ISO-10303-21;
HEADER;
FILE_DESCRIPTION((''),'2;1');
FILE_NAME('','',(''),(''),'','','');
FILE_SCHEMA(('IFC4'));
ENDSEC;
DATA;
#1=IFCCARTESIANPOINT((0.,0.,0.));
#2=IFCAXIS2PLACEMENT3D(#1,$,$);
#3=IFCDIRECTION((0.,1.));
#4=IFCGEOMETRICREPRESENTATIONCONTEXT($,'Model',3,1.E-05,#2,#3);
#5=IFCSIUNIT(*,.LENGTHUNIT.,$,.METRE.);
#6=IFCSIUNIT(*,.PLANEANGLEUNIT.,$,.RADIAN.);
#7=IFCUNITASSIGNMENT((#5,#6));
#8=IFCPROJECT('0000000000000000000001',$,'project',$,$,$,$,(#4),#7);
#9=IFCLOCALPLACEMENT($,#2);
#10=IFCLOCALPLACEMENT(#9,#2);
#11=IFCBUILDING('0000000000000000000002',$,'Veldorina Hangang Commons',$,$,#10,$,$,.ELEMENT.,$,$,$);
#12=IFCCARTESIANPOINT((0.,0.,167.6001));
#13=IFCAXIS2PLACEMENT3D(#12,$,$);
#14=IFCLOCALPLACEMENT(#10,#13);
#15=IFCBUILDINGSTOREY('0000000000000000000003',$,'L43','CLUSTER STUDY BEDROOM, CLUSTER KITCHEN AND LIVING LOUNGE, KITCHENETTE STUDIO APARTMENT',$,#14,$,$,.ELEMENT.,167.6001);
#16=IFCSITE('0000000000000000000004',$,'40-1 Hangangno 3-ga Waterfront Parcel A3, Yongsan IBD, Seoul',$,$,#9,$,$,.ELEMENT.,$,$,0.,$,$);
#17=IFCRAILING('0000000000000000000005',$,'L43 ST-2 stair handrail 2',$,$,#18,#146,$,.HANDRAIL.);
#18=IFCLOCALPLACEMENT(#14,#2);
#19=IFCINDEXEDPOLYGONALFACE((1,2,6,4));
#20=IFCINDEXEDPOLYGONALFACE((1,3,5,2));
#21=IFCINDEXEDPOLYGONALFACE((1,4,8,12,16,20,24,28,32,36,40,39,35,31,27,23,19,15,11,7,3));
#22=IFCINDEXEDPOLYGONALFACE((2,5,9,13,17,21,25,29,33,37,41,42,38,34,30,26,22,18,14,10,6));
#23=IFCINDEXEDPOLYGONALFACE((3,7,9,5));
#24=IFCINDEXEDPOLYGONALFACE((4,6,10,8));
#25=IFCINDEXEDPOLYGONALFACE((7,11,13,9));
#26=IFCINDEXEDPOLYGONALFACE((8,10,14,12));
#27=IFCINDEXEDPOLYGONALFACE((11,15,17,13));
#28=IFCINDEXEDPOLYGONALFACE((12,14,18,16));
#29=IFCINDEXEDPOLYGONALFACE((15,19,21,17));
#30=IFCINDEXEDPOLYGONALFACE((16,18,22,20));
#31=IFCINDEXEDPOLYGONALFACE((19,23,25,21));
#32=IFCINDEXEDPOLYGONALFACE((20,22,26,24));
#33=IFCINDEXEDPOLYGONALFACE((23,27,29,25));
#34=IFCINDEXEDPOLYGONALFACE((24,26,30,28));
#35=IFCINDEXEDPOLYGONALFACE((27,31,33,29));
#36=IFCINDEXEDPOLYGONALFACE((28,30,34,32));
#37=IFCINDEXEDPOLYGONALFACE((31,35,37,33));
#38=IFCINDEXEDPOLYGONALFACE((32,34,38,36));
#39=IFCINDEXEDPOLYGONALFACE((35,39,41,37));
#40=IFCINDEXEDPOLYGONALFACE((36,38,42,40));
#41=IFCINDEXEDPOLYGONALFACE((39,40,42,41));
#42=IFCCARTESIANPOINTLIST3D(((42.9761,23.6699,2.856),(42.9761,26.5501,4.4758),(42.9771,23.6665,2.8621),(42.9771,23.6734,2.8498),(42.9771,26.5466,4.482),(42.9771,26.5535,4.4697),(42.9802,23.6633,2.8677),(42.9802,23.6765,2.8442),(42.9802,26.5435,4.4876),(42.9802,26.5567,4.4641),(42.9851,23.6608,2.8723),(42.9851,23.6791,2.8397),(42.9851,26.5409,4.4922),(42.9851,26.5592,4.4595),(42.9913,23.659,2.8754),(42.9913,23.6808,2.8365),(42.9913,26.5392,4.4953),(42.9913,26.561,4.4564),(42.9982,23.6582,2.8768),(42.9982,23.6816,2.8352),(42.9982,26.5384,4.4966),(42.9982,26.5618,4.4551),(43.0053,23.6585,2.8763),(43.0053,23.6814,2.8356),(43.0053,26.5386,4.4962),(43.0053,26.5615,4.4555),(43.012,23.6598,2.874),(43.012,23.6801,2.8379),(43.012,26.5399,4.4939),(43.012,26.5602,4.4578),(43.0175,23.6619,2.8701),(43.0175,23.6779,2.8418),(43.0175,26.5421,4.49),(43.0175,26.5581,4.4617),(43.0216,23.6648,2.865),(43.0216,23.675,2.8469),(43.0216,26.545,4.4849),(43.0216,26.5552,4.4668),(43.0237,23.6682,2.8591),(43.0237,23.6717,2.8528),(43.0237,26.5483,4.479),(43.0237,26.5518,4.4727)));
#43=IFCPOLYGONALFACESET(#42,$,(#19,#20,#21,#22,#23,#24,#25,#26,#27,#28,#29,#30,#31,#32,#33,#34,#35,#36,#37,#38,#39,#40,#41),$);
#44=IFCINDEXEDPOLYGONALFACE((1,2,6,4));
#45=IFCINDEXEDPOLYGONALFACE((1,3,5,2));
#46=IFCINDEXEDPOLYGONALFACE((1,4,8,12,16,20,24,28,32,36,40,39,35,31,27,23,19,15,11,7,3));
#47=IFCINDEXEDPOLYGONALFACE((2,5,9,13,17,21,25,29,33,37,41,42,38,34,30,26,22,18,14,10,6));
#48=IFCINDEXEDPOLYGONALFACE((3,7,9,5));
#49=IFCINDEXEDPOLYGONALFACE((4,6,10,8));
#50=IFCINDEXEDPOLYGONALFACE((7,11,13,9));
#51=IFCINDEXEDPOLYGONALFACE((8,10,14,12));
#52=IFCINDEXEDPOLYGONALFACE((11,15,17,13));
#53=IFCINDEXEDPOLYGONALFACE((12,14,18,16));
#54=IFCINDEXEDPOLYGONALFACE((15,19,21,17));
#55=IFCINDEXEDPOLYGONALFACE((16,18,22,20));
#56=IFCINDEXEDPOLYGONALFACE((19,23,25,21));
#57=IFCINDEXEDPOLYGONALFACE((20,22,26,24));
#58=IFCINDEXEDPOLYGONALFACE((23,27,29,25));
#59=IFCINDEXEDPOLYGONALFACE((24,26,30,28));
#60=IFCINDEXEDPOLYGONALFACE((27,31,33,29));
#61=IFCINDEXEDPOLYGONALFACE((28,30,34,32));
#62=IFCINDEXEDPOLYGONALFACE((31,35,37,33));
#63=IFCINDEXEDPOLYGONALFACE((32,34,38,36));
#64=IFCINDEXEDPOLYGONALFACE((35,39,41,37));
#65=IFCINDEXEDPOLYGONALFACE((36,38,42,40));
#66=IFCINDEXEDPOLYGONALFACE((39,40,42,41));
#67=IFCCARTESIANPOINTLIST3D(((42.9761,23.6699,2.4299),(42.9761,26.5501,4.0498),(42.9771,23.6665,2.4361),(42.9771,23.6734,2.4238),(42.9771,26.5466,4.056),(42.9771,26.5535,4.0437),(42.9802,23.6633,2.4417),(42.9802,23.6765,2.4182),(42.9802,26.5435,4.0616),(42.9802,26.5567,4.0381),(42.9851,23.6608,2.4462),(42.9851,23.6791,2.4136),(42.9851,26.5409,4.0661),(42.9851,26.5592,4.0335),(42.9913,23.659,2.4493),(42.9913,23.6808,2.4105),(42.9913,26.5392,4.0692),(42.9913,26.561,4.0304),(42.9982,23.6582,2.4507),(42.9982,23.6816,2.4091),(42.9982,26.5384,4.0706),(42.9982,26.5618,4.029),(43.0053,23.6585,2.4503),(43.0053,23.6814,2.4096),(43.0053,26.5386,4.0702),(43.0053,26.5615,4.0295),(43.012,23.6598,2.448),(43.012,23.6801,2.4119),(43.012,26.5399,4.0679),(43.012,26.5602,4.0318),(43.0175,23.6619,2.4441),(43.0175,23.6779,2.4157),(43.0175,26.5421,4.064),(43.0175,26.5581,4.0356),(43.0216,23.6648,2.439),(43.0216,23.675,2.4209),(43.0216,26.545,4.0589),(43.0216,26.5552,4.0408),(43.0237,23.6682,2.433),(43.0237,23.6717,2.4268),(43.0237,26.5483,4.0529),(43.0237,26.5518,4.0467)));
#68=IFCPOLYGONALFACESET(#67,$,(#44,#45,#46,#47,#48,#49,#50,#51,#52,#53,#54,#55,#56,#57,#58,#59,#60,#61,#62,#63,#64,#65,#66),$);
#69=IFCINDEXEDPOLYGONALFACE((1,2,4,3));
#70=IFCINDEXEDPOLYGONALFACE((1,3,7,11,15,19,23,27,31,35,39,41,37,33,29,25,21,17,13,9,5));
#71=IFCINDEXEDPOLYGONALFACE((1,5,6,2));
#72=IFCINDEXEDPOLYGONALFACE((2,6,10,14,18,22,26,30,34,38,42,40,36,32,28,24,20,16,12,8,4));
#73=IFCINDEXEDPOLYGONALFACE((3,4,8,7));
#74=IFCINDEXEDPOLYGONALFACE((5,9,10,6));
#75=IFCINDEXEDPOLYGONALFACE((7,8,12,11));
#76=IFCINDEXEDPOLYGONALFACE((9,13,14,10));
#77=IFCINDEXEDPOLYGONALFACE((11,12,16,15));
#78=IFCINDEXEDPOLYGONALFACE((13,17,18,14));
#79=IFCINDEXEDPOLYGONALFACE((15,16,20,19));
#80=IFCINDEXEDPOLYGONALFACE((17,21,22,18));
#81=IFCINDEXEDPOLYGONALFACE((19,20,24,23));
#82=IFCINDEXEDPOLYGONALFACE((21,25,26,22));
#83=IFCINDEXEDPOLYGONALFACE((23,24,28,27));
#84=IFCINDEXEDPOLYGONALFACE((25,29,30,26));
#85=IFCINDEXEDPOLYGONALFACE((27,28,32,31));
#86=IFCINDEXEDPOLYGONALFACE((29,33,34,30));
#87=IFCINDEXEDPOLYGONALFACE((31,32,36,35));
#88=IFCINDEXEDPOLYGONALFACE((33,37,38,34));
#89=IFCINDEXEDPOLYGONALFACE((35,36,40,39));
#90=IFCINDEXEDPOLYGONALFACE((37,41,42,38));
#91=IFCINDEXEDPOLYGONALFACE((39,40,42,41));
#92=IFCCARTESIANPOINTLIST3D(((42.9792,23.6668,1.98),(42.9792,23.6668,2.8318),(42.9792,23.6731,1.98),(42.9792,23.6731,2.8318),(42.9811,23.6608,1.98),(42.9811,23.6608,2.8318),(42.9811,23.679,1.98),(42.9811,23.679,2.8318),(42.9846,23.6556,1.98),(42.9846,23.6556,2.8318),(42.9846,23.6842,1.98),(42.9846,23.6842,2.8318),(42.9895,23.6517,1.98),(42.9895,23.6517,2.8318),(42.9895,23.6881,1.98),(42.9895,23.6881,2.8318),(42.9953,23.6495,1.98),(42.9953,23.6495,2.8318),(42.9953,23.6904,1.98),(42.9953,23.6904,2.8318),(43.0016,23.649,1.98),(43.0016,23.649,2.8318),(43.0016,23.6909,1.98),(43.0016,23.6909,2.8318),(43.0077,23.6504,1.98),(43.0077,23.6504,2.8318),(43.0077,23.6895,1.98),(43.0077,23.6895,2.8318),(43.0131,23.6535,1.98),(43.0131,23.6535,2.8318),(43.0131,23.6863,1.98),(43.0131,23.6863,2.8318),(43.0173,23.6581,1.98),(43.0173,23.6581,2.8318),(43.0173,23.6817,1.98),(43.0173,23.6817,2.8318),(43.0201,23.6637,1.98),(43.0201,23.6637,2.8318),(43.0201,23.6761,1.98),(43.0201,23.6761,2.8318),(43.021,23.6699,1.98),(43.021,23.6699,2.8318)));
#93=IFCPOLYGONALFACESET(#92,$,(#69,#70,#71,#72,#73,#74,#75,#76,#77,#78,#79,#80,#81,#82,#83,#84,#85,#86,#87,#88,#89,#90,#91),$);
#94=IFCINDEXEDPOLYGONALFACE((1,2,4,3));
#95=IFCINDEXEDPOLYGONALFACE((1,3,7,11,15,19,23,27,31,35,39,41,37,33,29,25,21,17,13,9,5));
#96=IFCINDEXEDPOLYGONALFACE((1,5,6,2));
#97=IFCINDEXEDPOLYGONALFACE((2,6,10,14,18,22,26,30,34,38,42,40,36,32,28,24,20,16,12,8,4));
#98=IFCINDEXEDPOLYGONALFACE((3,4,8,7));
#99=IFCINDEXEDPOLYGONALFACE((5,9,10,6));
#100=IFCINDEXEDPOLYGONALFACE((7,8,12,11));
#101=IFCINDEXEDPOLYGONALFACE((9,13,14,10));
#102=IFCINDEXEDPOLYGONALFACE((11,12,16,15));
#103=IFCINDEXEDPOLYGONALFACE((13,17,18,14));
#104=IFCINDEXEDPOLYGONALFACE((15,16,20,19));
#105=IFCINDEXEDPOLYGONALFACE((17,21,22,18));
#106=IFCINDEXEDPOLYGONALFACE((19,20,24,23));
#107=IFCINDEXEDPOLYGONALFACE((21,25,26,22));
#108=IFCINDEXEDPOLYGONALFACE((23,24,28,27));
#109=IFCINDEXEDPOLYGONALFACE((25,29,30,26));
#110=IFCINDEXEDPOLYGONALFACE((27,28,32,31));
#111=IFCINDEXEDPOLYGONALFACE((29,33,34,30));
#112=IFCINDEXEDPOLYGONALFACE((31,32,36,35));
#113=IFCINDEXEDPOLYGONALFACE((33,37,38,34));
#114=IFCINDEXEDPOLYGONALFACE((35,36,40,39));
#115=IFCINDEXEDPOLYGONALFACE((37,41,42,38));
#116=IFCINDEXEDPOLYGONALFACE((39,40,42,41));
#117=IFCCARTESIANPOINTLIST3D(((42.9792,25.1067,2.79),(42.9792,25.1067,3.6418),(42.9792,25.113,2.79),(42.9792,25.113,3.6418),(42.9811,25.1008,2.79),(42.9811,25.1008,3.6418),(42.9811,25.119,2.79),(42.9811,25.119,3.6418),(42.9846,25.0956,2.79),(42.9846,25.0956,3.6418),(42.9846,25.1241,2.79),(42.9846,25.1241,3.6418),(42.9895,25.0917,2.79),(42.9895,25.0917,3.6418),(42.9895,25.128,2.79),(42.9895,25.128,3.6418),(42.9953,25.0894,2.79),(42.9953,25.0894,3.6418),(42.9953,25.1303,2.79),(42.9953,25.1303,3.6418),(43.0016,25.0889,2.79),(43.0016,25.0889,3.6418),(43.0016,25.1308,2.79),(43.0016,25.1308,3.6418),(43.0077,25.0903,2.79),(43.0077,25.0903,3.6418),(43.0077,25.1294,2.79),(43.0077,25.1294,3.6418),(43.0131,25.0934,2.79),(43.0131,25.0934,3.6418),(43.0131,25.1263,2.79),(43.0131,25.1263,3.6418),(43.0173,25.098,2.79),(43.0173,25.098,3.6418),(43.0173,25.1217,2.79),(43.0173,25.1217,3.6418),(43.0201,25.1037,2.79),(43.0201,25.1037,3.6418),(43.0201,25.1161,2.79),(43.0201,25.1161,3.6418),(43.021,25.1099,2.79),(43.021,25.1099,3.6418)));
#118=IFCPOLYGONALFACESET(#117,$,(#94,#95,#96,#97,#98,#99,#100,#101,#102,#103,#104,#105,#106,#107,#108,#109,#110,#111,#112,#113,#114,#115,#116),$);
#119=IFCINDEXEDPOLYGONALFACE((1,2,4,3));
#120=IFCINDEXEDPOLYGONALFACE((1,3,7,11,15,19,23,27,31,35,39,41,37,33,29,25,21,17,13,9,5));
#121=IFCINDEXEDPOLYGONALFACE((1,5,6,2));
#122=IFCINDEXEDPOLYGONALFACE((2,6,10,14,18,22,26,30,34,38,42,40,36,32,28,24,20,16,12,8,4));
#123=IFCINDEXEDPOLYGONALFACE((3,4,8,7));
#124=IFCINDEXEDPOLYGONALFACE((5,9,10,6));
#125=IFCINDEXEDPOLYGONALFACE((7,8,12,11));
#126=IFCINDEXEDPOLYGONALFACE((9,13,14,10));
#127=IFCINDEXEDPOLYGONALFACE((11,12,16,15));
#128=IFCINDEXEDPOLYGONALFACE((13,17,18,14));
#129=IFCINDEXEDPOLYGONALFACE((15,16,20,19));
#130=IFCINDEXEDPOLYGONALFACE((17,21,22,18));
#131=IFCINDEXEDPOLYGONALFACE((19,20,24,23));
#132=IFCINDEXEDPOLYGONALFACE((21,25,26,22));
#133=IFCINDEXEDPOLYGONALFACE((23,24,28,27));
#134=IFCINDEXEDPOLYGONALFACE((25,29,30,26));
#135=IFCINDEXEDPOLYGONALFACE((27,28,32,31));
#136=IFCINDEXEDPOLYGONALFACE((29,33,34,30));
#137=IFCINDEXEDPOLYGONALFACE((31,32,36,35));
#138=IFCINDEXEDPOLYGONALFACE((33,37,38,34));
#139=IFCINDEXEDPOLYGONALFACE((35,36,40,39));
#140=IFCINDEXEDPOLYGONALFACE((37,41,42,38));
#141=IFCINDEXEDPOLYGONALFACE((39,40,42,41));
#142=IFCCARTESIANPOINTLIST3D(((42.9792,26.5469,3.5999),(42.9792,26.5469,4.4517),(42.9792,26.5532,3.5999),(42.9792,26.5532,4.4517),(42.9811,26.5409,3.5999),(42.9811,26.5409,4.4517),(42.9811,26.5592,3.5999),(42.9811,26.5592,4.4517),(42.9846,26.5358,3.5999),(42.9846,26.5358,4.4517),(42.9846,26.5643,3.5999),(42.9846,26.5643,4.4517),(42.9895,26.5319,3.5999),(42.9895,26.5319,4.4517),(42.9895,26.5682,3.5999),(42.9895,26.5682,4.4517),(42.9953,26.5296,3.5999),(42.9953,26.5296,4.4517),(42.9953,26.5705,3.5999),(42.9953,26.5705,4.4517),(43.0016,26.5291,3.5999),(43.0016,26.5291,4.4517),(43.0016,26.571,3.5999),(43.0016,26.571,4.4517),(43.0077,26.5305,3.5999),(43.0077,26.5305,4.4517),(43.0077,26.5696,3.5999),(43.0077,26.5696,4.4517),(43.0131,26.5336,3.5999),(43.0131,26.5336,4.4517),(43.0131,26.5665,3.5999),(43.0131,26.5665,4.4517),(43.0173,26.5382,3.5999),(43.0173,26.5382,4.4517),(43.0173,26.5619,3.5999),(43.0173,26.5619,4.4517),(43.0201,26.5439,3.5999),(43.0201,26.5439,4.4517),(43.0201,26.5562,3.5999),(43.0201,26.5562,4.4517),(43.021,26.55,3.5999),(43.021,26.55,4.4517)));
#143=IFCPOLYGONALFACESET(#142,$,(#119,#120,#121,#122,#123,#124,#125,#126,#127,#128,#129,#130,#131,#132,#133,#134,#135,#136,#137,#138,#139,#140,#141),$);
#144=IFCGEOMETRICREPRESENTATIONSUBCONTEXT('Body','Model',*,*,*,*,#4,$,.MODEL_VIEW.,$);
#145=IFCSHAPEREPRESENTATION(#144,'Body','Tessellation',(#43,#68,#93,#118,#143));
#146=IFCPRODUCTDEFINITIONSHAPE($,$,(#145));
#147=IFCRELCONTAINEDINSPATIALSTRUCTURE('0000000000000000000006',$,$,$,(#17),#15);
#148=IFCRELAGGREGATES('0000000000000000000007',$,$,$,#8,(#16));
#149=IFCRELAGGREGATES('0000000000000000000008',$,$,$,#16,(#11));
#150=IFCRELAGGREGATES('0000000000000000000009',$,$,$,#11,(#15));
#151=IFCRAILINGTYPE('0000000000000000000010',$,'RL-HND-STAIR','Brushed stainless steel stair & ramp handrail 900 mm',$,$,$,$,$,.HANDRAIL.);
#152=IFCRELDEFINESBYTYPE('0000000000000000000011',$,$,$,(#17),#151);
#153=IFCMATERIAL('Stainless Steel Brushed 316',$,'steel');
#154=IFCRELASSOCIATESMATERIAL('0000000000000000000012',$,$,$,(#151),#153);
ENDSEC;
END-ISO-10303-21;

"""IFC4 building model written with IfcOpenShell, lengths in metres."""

from ifc_helpers import new_model, si_unit, direction, frame, origin, origin_2d, place, context, subcontext, project, spatial, circle, extrude, material, type_object, element, save


model = new_model("IFC4")

# Units and contexts
model_context = context("Model", 3, precision=1e-05, world=origin(), true_north=direction((0.0, 1.0)))
body_context = subcontext(model_context, "Body", "Model", "MODEL_VIEW")
ifc_project = project(units=[si_unit("LENGTHUNIT", "METRE"), si_unit("PLANEANGLEUNIT", "RADIAN")], contexts=[model_context])

# Site, building, storey
site_placement = place(None, origin())
site = spatial("IfcSite", under=ifc_project, at=site_placement, Name="40-1 Hangangno 3-ga Waterfront Parcel A3, Yongsan IBD, Seoul", CompositionType="ELEMENT", RefElevation=0.0)
building_placement = place(site_placement, origin())
building = spatial("IfcBuilding", under=site, at=building_placement, Name="Veldorina Hangang Commons", CompositionType="ELEMENT")
storey_placement = place(building_placement, frame((0.0, 0.0, 167.6001)))
storey = spatial("IfcBuildingStorey", under=building, at=storey_placement, Name="L43", Description="CLUSTER STUDY BEDROOM, CLUSTER KITCHEN AND LIVING LOUNGE, KITCHENETTE STUDIO APARTMENT", CompositionType="ELEMENT", Elevation=167.6001)

# Railing
ifc_material_1 = material(Name="Stainless Steel Brushed 316", Category="steel")
railing_type_1 = type_object("IfcRailingType", Name="RL-HND-STAIR", Description="Brushed stainless steel stair & ramp handrail 900 mm", PredefinedType="HANDRAIL", material=ifc_material_1)
railing_1_placement = place(storey_placement, frame((43.0, 23.6699, 1.98)))
element("IfcRailing", 1, at=railing_1_placement, inside=storey, type_object=railing_type_1, Name="L43 ST-2 stair handrail 2", PredefinedType="HANDRAIL", context=body_context, shape_type="SweptSolid", body=[
    extrude(circle(Radius=0.0239, at=origin_2d()), frame((0.0, 0.0, 0.876), z_axis=(0.0, 0.871601, 0.490216), x_axis=(-1.0, 0.0, 0.0)), (0.0, 0.0, 1.0), 3.3044),
    extrude(circle(Radius=0.0239, at=origin_2d()), frame((0.0, 0.0, 0.45), z_axis=(0.0, 0.871601, 0.490216), x_axis=(-1.0, 0.0, 0.0)), (0.0, 0.0, 1.0), 3.3044),
    extrude(circle(Radius=0.021, at=origin_2d()), origin(), (0.0, 0.0, 1.0), 0.8518),
    extrude(circle(Radius=0.021, at=origin_2d()), frame((0.0, 1.4399, 0.8101)), (0.0, 0.0, 1.0), 0.8518),
    extrude(circle(Radius=0.021, at=origin_2d()), frame((0.0, 2.8801, 1.6199)), (0.0, 0.0, 1.0), 0.8518),
])

save(model, "model.ifc")
